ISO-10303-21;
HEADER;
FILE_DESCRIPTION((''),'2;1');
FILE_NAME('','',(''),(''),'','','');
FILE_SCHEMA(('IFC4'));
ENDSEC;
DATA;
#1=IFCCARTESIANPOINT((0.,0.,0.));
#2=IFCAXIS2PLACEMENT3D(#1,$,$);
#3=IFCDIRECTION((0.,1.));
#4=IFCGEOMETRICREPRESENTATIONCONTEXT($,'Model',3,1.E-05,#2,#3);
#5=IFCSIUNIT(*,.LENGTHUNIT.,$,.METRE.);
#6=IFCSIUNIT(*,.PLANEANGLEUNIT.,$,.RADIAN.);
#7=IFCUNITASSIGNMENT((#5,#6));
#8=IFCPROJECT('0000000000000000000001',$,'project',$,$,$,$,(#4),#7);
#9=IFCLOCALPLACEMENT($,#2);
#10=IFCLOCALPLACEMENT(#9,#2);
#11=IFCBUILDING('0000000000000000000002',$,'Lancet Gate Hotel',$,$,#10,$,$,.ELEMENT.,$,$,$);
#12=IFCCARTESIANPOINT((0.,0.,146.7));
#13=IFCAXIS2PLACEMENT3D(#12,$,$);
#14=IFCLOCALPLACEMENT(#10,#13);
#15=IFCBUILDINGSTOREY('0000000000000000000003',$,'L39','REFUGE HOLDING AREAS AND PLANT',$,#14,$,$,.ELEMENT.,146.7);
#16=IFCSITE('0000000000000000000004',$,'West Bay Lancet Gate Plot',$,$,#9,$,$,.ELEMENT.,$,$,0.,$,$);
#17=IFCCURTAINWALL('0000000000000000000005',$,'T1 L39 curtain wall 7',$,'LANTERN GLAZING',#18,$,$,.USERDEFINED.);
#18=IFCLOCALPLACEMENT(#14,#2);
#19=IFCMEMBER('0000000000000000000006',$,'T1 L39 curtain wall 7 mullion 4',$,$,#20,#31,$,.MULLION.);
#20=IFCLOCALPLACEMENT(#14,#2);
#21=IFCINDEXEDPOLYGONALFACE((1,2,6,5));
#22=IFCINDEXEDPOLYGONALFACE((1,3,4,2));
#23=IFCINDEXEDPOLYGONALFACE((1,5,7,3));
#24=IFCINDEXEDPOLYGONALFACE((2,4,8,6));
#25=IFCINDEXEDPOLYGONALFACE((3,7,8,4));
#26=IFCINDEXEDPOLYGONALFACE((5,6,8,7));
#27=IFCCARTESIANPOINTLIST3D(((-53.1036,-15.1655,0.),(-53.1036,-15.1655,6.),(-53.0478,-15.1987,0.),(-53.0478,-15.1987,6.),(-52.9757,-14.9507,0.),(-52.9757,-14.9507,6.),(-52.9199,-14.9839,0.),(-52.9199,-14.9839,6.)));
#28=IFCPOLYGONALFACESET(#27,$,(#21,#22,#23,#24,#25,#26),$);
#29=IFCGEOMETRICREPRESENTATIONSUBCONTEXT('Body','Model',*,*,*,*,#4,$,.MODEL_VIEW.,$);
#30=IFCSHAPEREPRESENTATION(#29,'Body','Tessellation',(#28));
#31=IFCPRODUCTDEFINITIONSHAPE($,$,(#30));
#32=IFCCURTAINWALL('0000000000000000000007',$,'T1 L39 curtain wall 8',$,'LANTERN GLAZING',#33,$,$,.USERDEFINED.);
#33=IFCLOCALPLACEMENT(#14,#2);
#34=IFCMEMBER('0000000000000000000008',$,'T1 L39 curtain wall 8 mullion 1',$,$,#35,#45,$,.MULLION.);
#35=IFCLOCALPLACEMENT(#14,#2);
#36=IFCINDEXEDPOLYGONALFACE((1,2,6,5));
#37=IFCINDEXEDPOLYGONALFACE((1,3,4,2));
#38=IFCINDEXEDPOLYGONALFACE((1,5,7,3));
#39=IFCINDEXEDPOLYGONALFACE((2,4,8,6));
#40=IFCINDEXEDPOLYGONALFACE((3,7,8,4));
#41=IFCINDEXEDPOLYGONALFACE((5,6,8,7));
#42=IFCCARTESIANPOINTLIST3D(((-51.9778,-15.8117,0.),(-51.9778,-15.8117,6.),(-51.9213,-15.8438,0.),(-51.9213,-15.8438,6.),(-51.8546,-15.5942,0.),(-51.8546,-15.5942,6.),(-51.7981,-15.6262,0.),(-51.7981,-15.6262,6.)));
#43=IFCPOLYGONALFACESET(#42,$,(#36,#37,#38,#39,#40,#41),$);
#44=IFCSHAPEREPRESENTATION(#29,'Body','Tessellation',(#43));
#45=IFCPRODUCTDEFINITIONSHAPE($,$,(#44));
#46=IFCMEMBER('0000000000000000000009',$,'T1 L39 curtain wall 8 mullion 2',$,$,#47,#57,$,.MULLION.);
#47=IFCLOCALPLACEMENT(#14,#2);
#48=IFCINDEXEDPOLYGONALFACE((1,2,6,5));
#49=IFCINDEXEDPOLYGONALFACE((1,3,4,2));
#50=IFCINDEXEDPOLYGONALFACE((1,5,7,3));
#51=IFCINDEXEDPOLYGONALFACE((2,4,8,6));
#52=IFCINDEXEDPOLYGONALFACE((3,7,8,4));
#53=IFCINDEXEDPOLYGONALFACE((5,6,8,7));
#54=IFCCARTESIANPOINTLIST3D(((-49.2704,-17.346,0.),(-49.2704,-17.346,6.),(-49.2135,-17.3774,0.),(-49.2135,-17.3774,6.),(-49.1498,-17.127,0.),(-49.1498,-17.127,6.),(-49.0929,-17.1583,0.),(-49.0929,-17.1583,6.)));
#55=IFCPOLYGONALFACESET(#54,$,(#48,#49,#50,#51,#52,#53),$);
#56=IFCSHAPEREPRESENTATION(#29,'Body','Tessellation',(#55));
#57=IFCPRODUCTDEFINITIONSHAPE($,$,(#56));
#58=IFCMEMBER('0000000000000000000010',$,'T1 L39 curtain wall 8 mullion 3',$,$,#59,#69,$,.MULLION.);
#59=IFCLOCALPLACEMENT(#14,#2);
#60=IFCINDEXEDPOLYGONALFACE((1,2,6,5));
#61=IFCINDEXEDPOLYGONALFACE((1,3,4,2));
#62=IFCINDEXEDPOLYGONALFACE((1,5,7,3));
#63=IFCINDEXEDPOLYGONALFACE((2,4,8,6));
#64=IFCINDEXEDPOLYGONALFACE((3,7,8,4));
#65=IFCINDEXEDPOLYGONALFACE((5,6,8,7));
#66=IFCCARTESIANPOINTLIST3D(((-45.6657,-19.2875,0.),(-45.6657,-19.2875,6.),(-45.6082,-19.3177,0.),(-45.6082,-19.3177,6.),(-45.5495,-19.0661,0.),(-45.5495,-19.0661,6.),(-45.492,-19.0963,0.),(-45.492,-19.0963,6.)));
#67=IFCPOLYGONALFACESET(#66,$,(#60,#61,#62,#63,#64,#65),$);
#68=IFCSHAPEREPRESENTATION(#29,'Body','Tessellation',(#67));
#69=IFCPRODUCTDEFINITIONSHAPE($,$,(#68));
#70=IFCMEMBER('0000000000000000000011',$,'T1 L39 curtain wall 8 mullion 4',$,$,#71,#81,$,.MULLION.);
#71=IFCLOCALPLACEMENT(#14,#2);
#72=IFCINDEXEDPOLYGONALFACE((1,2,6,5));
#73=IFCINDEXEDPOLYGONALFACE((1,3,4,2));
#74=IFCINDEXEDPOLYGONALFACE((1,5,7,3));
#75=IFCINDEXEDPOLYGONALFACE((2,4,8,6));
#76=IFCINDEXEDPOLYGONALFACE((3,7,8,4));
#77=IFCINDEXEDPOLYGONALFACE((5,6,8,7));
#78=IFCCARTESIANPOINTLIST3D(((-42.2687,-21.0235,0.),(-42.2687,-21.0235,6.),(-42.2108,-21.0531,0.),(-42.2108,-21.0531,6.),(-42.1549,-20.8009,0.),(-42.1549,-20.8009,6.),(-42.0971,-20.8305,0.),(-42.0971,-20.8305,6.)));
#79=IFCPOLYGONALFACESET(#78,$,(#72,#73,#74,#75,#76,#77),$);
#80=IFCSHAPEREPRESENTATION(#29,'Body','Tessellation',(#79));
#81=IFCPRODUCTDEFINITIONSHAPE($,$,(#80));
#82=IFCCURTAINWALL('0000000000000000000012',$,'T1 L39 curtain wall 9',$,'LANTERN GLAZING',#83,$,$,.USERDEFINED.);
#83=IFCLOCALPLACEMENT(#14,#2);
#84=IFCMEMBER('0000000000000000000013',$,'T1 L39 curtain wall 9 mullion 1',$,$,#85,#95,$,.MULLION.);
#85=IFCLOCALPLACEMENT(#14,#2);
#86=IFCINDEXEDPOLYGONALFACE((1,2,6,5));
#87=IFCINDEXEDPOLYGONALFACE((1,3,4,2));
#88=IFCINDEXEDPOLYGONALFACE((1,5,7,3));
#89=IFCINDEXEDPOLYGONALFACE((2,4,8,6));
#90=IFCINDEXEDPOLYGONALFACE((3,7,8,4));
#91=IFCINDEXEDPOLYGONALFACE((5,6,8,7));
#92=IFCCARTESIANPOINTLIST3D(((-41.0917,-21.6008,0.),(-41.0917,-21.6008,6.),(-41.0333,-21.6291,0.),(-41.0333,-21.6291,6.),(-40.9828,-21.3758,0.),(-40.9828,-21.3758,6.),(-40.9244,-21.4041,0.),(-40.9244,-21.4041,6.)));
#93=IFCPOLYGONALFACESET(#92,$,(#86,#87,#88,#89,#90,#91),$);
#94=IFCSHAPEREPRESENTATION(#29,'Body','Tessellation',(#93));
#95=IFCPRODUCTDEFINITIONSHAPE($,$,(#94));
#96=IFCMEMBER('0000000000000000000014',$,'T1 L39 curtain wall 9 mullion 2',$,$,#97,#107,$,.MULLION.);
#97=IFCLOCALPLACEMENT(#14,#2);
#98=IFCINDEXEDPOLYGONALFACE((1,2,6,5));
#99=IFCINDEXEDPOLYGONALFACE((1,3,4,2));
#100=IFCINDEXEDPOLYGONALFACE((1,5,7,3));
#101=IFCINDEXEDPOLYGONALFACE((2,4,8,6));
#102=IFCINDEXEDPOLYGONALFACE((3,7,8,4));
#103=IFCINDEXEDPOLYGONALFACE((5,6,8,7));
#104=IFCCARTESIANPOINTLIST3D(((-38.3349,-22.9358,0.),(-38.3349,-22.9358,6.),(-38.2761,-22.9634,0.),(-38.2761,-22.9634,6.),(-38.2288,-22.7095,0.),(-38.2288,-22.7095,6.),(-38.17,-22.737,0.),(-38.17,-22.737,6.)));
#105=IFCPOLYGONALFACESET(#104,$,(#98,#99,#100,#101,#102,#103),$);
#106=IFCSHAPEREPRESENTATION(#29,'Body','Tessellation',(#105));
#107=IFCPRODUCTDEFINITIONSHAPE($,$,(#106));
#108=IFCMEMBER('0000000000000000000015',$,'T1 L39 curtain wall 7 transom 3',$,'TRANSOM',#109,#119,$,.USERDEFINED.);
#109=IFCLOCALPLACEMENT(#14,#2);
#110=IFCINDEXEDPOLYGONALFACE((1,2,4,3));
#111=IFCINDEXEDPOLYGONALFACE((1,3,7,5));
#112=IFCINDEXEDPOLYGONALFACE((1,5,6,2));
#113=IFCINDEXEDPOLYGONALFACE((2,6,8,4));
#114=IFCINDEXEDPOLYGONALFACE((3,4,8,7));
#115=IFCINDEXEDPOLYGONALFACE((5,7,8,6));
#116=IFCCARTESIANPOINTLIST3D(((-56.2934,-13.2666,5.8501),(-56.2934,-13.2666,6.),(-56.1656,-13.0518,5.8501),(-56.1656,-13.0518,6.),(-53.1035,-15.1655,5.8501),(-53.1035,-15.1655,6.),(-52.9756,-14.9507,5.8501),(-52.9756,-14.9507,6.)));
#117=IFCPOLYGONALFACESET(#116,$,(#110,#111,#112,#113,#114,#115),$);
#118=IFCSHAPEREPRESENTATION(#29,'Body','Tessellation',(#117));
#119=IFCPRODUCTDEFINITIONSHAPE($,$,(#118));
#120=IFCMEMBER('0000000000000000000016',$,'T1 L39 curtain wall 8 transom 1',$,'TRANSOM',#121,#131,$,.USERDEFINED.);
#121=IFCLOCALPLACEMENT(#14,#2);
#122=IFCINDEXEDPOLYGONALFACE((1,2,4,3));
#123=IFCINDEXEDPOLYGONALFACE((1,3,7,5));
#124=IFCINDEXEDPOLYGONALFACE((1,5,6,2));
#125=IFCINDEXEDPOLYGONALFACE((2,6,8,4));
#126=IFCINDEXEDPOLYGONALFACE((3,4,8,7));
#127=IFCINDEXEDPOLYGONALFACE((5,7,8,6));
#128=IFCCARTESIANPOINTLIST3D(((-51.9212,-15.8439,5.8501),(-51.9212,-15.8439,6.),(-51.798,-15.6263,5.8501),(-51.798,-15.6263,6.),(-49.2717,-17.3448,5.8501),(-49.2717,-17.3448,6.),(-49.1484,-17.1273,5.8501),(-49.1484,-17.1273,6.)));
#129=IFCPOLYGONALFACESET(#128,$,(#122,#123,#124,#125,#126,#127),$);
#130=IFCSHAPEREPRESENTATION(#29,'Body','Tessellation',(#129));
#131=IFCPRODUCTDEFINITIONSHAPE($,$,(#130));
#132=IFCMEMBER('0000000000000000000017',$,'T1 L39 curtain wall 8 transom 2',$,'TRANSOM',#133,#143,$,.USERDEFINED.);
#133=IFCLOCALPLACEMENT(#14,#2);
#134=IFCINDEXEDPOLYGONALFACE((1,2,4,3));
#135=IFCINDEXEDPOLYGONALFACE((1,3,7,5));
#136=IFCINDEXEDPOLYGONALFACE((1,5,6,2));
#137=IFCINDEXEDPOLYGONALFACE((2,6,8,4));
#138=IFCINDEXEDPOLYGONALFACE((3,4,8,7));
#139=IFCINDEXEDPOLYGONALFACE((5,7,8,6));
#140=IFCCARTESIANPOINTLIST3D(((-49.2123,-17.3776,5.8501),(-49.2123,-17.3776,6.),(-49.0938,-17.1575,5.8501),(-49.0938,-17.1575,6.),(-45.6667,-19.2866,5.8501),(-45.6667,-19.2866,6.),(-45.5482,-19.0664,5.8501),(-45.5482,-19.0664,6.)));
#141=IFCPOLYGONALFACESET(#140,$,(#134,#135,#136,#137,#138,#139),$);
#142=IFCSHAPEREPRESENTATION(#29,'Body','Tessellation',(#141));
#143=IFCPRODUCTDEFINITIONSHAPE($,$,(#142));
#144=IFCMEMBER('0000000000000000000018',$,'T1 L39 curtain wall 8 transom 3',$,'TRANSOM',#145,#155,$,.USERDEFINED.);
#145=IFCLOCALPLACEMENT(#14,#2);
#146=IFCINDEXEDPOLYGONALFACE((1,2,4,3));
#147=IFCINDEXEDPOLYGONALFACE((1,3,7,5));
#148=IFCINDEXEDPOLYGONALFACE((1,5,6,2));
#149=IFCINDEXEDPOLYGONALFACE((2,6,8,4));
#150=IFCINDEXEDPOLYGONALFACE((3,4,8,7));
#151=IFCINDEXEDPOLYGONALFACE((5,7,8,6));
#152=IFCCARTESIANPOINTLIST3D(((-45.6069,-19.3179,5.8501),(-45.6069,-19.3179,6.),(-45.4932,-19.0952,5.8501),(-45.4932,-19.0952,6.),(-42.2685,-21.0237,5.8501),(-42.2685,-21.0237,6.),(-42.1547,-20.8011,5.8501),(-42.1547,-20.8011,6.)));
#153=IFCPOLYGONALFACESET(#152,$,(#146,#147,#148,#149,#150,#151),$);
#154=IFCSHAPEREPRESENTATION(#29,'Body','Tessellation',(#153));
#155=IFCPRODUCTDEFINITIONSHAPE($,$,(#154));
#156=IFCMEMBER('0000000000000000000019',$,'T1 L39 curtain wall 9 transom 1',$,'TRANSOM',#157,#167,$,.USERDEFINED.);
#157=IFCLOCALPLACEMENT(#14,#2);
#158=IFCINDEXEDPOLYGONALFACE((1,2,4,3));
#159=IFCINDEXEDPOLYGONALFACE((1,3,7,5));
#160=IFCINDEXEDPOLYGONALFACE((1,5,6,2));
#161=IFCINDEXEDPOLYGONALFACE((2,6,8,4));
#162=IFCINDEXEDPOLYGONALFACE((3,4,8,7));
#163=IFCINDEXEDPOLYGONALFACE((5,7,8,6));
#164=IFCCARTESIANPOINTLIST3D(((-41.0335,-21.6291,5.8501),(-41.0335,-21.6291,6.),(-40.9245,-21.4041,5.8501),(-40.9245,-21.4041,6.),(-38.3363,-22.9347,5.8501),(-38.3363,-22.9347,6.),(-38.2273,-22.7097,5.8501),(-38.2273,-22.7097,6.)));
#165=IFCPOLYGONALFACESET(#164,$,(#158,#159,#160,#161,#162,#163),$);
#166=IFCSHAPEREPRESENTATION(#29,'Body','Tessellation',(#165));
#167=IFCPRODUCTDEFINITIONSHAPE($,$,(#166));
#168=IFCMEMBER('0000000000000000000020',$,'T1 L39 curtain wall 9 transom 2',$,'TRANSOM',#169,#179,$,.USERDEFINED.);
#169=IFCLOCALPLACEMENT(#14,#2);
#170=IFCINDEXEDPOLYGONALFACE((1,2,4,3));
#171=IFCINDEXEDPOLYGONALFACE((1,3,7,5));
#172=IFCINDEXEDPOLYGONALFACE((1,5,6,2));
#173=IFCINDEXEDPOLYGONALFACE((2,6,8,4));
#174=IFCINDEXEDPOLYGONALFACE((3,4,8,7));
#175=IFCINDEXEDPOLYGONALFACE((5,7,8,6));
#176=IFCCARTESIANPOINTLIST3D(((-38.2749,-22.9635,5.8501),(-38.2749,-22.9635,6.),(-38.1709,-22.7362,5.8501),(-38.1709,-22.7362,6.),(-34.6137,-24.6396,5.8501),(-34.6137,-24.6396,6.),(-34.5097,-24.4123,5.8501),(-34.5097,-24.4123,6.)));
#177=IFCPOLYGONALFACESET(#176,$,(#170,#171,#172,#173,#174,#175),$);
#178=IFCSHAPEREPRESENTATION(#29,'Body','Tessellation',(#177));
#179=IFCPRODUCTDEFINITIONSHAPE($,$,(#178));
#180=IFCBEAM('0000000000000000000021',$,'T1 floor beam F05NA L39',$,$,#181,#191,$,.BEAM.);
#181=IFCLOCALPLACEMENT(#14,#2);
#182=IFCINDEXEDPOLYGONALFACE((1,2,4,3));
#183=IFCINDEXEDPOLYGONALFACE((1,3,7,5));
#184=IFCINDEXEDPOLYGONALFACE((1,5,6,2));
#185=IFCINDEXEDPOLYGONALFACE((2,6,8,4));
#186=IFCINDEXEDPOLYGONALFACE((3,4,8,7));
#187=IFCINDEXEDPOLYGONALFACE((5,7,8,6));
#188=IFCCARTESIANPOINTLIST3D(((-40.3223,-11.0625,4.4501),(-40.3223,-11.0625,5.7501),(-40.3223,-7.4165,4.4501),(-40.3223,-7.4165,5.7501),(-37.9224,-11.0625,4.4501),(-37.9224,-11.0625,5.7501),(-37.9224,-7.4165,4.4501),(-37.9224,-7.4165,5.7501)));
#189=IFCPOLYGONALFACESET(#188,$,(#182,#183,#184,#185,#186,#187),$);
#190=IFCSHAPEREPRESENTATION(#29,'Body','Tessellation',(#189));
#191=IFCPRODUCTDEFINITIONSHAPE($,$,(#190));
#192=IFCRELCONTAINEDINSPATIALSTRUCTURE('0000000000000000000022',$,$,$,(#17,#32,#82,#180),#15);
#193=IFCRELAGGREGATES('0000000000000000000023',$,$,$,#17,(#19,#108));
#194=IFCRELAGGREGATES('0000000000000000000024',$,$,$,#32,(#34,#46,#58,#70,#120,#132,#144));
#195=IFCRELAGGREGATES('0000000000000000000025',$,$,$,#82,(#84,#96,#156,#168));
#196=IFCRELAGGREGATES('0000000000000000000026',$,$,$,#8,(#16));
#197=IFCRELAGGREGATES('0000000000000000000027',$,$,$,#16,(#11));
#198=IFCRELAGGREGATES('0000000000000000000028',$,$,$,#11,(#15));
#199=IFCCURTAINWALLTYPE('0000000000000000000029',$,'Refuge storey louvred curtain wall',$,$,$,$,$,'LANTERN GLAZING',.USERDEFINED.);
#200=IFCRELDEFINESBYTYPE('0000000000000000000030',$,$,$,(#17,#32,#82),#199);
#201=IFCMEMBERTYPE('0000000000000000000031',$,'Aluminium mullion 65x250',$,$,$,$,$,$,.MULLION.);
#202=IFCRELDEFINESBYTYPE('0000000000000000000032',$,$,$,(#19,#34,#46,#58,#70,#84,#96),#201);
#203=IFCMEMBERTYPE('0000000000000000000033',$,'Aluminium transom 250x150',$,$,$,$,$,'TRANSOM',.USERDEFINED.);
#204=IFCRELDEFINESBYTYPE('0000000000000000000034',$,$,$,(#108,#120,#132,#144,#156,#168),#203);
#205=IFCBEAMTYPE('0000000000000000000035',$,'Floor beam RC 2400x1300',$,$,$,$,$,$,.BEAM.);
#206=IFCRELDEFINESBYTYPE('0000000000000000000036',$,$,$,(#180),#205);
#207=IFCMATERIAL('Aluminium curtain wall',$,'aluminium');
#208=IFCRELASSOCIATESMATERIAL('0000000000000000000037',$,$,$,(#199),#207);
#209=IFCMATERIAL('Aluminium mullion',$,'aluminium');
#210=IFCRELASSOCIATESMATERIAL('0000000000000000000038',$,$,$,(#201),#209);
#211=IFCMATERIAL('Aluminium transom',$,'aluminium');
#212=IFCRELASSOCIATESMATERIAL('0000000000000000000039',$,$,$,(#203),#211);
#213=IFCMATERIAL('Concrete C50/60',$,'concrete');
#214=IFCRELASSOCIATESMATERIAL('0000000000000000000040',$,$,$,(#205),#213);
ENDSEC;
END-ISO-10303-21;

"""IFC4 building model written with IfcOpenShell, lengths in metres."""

from ifc_helpers import new_model, si_unit, direction, frame, origin, origin_2d, place, context, subcontext, project, spatial, rectangle, extrude, material, material_profile, profile_set, type_object, element, aggregate, save


model = new_model("IFC4")

# Units and contexts
model_context = context("Model", 3, precision=1e-05, world=origin(), true_north=direction((0.0, 1.0)))
body_context = subcontext(model_context, "Body", "Model", "MODEL_VIEW")
ifc_project = project(units=[si_unit("LENGTHUNIT", "METRE"), si_unit("PLANEANGLEUNIT", "RADIAN")], contexts=[model_context])

# Site, building, storey
site_placement = place(None, origin())
site = spatial("IfcSite", under=ifc_project, at=site_placement, Name="West Bay Lancet Gate Plot", CompositionType="ELEMENT", RefElevation=0.0)
building_placement = place(site_placement, origin())
building = spatial("IfcBuilding", under=site, at=building_placement, Name="Lancet Gate Hotel", CompositionType="ELEMENT")
storey_placement = place(building_placement, frame((0.0, 0.0, 146.7)))
storey = spatial("IfcBuildingStorey", under=building, at=storey_placement, Name="L39", Description="REFUGE HOLDING AREAS AND PLANT", CompositionType="ELEMENT", Elevation=146.7)

# Curtain wall, member
ifc_material_1 = material(Name="Aluminium curtain wall", Category="aluminium")
curtain_wall_type = type_object("IfcCurtainWallType", Name="Refuge storey louvred curtain wall", ElementType="LANTERN GLAZING", PredefinedType="USERDEFINED", material=ifc_material_1)
curtain_wall_1_placement = place(storey_placement, origin())
curtain_wall_1 = element("IfcCurtainWall", 1, at=curtain_wall_1_placement, inside=storey, type_object=curtain_wall_type, Name="T1 L39 curtain wall 7", ObjectType="LANTERN GLAZING", PredefinedType="USERDEFINED")
ifc_material_2 = material(Name="Aluminium mullion", Category="aluminium")
ifc_material_profile_1 = material_profile(ifc_material_2, rectangle(XDim=0.0649, YDim=0.25, at=origin_2d()), Name="MULLION 65x250")
ifc_profile_set_1 = profile_set([ifc_material_profile_1], Name="Aluminium mullion")
member_type_1 = type_object("IfcMemberType", Name="Aluminium mullion 65x250", PredefinedType="MULLION", material=ifc_profile_set_1)
member_1_placement = place(storey_placement, frame((-53.0117, -15.0747, 0.0), z_axis=(0.0, 0.0, 1.0), x_axis=(0.859271, -0.51152, 0.0)))
member_1 = element("IfcMember", 2, at=member_1_placement, type_object=member_type_1, Name="T1 L39 curtain wall 7 mullion 4", PredefinedType="MULLION", context=body_context, shape_type="SweptSolid", body=[
    extrude(rectangle(XDim=0.0649, YDim=0.25, at=origin_2d()), origin(), (0.0, 0.0, 1.0), 6.0),
])

# Curtain walls, members
curtain_wall_2_placement = place(storey_placement, origin())
curtain_wall_2 = element("IfcCurtainWall", 3, at=curtain_wall_2_placement, inside=storey, type_object=curtain_wall_type, Name="T1 L39 curtain wall 8", ObjectType="LANTERN GLAZING", PredefinedType="USERDEFINED")
member_2_placement = place(storey_placement, frame((-51.8879, -15.719, 0.0), z_axis=(0.0, 0.0, 1.0), x_axis=(0.870084, -0.492904, 0.0)))
member_2 = element("IfcMember", 4, at=member_2_placement, type_object=member_type_1, Name="T1 L39 curtain wall 8 mullion 1", PredefinedType="MULLION", context=body_context, shape_type="SweptSolid", body=[
    extrude(rectangle(XDim=0.0649, YDim=0.25, at=origin_2d()), origin(), (0.0, 0.0, 1.0), 6.0),
])
member_3_placement = place(storey_placement, frame((-49.1816, -17.2522, 0.0), z_axis=(0.0, 0.0, 1.0), x_axis=(0.876047, -0.482226, 0.0)))
member_3 = element("IfcMember", 5, at=member_3_placement, type_object=member_type_1, Name="T1 L39 curtain wall 8 mullion 2", PredefinedType="MULLION", context=body_context, shape_type="SweptSolid", body=[
    extrude(rectangle(XDim=0.0649, YDim=0.25, at=origin_2d()), origin(), (0.0, 0.0, 1.0), 6.0),
])
member_4_placement = place(storey_placement, frame((-45.5789, -19.1919, 0.0), z_axis=(0.0, 0.0, 1.0), x_axis=(0.885368, -0.46489, 0.0)))
member_4 = element("IfcMember", 6, at=member_4_placement, type_object=member_type_1, Name="T1 L39 curtain wall 8 mullion 3", PredefinedType="MULLION", context=body_context, shape_type="SweptSolid", body=[
    extrude(rectangle(XDim=0.0649, YDim=0.25, at=origin_2d()), origin(), (0.0, 0.0, 1.0), 6.0),
])
member_5_placement = place(storey_placement, frame((-42.1829, -20.927, 0.0), z_axis=(0.0, 0.0, 1.0), x_axis=(0.890493, -0.454996, 0.0)))
member_5 = element("IfcMember", 7, at=member_5_placement, type_object=member_type_1, Name="T1 L39 curtain wall 8 mullion 4", PredefinedType="MULLION", context=body_context, shape_type="SweptSolid", body=[
    extrude(rectangle(XDim=0.0649, YDim=0.25, at=origin_2d()), origin(), (0.0, 0.0, 1.0), 6.0),
])
curtain_wall_3_placement = place(storey_placement, origin())
curtain_wall_3 = element("IfcCurtainWall", 8, at=curtain_wall_3_placement, inside=storey, type_object=curtain_wall_type, Name="T1 L39 curtain wall 9", ObjectType="LANTERN GLAZING", PredefinedType="USERDEFINED")
member_6_placement = place(storey_placement, frame((-41.0081, -21.5024, 0.0), z_axis=(0.0, 0.0, 1.0), x_axis=(0.900082, -0.435721, 0.0)))
member_6 = element("IfcMember", 9, at=member_6_placement, type_object=member_type_1, Name="T1 L39 curtain wall 9 mullion 1", PredefinedType="MULLION", context=body_context, shape_type="SweptSolid", body=[
    extrude(rectangle(XDim=0.0649, YDim=0.25, at=origin_2d()), origin(), (0.0, 0.0, 1.0), 6.0),
])
member_7_placement = place(storey_placement, frame((-38.2524, -22.8364, 0.0), z_axis=(0.0, 0.0, 1.0), x_axis=(0.905379, -0.424605, 0.0)))
member_7 = element("IfcMember", 10, at=member_7_placement, type_object=member_type_1, Name="T1 L39 curtain wall 9 mullion 2", PredefinedType="MULLION", context=body_context, shape_type="SweptSolid", body=[
    extrude(rectangle(XDim=0.0649, YDim=0.25, at=origin_2d()), origin(), (0.0, 0.0, 1.0), 6.0),
])

# Members
ifc_material_3 = material(Name="Aluminium transom", Category="aluminium")
ifc_material_profile_2 = material_profile(ifc_material_3, rectangle(XDim=0.25, YDim=0.1499, at=origin_2d()), Name="TRANSOM 250x150")
ifc_profile_set_2 = profile_set([ifc_material_profile_2], Name="Aluminium transom")
member_type_2 = type_object("IfcMemberType", Name="Aluminium transom 250x150", ElementType="TRANSOM", PredefinedType="USERDEFINED", material=ifc_profile_set_2)
member_8_placement = place(storey_placement, frame((-56.2295, -13.1592, 5.925), z_axis=(0.859275, -0.511514, 0.0), x_axis=(0.511514, 0.859275, 0.0)))
member_8 = element("IfcMember", 11, at=member_8_placement, type_object=member_type_2, Name="T1 L39 curtain wall 7 transom 3", ObjectType="TRANSOM", PredefinedType="USERDEFINED", context=body_context, shape_type="SweptSolid", body=[
    extrude(rectangle(XDim=0.25, YDim=0.1499, at=origin_2d()), origin(), (0.0, 0.0, 1.0), 3.7124),
])
member_9_placement = place(storey_placement, frame((-51.8596, -15.7351, 5.925), z_axis=(0.870092, -0.492889, 0.0), x_axis=(0.492889, 0.870092, 0.0)))
member_9 = element("IfcMember", 12, at=member_9_placement, type_object=member_type_2, Name="T1 L39 curtain wall 8 transom 1", ObjectType="TRANSOM", PredefinedType="USERDEFINED", context=body_context, shape_type="SweptSolid", body=[
    extrude(rectangle(XDim=0.25, YDim=0.1499, at=origin_2d()), origin(), (0.0, 0.0, 1.0), 3.0452),
])
member_10_placement = place(storey_placement, frame((-49.1531, -17.2676, 5.925), z_axis=(0.880498, -0.474049, 0.0), x_axis=(0.474049, 0.880498, 0.0)))
member_10 = element("IfcMember", 13, at=member_10_placement, type_object=member_type_2, Name="T1 L39 curtain wall 8 transom 2", ObjectType="TRANSOM", PredefinedType="USERDEFINED", context=body_context, shape_type="SweptSolid", body=[
    extrude(rectangle(XDim=0.25, YDim=0.1499, at=origin_2d()), origin(), (0.0, 0.0, 1.0), 4.0269),
])
member_11_placement = place(storey_placement, frame((-45.55, -19.2065, 5.925), z_axis=(0.890486, -0.455011, 0.0), x_axis=(0.455011, 0.890486, 0.0)))
member_11 = element("IfcMember", 14, at=member_11_placement, type_object=member_type_2, Name="T1 L39 curtain wall 8 transom 3", ObjectType="TRANSOM", PredefinedType="USERDEFINED", context=body_context, shape_type="SweptSolid", body=[
    extrude(rectangle(XDim=0.25, YDim=0.1499, at=origin_2d()), origin(), (0.0, 0.0, 1.0), 3.749),
])
member_12_placement = place(storey_placement, frame((-40.979, -21.5166, 5.925), z_axis=(0.900089, -0.435706, 0.0), x_axis=(0.435706, 0.900089, 0.0)))
member_12 = element("IfcMember", 15, at=member_12_placement, type_object=member_type_2, Name="T1 L39 curtain wall 9 transom 1", ObjectType="TRANSOM", PredefinedType="USERDEFINED", context=body_context, shape_type="SweptSolid", body=[
    extrude(rectangle(XDim=0.25, YDim=0.1499, at=origin_2d()), origin(), (0.0, 0.0, 1.0), 2.9966),
])
member_13_placement = place(storey_placement, frame((-38.2229, -22.8499, 5.925), z_axis=(0.909252, -0.416245, 0.0), x_axis=(0.416245, 0.909252, 0.0)))
member_13 = element("IfcMember", 16, at=member_13_placement, type_object=member_type_2, Name="T1 L39 curtain wall 9 transom 2", ObjectType="TRANSOM", PredefinedType="USERDEFINED", context=body_context, shape_type="SweptSolid", body=[
    extrude(rectangle(XDim=0.25, YDim=0.1499, at=origin_2d()), origin(), (0.0, 0.0, 1.0), 4.0266),
])

# Beam
ifc_material_4 = material(Name="Concrete C50/60", Category="concrete")
ifc_material_profile_3 = material_profile(ifc_material_4, rectangle(XDim=2.3999, YDim=1.3, at=origin_2d()), Name="RC 2400x1300")
ifc_profile_set_3 = profile_set([ifc_material_profile_3], Name="Concrete C50/60")
beam_type_1 = type_object("IfcBeamType", Name="Floor beam RC 2400x1300", PredefinedType="BEAM", material=ifc_profile_set_3)
beam_1_placement = place(storey_placement, frame((-39.1223, -7.4165, 5.1001), z_axis=(0.0, -1.0, 0.0), x_axis=(1.0, 0.0, 0.0)))
element("IfcBeam", 17, at=beam_1_placement, inside=storey, type_object=beam_type_1, Name="T1 floor beam F05NA L39", PredefinedType="BEAM", context=body_context, shape_type="SweptSolid", body=[
    extrude(rectangle(XDim=2.3999, YDim=1.3, at=origin_2d()), origin(), (0.0, 0.0, 1.0), 3.646),
])

aggregate(curtain_wall_1, [member_1, member_8])
aggregate(curtain_wall_2, [member_2, member_3, member_4, member_5, member_9, member_10, member_11])
aggregate(curtain_wall_3, [member_6, member_7, member_12, member_13])

save(model, "model.ifc")
